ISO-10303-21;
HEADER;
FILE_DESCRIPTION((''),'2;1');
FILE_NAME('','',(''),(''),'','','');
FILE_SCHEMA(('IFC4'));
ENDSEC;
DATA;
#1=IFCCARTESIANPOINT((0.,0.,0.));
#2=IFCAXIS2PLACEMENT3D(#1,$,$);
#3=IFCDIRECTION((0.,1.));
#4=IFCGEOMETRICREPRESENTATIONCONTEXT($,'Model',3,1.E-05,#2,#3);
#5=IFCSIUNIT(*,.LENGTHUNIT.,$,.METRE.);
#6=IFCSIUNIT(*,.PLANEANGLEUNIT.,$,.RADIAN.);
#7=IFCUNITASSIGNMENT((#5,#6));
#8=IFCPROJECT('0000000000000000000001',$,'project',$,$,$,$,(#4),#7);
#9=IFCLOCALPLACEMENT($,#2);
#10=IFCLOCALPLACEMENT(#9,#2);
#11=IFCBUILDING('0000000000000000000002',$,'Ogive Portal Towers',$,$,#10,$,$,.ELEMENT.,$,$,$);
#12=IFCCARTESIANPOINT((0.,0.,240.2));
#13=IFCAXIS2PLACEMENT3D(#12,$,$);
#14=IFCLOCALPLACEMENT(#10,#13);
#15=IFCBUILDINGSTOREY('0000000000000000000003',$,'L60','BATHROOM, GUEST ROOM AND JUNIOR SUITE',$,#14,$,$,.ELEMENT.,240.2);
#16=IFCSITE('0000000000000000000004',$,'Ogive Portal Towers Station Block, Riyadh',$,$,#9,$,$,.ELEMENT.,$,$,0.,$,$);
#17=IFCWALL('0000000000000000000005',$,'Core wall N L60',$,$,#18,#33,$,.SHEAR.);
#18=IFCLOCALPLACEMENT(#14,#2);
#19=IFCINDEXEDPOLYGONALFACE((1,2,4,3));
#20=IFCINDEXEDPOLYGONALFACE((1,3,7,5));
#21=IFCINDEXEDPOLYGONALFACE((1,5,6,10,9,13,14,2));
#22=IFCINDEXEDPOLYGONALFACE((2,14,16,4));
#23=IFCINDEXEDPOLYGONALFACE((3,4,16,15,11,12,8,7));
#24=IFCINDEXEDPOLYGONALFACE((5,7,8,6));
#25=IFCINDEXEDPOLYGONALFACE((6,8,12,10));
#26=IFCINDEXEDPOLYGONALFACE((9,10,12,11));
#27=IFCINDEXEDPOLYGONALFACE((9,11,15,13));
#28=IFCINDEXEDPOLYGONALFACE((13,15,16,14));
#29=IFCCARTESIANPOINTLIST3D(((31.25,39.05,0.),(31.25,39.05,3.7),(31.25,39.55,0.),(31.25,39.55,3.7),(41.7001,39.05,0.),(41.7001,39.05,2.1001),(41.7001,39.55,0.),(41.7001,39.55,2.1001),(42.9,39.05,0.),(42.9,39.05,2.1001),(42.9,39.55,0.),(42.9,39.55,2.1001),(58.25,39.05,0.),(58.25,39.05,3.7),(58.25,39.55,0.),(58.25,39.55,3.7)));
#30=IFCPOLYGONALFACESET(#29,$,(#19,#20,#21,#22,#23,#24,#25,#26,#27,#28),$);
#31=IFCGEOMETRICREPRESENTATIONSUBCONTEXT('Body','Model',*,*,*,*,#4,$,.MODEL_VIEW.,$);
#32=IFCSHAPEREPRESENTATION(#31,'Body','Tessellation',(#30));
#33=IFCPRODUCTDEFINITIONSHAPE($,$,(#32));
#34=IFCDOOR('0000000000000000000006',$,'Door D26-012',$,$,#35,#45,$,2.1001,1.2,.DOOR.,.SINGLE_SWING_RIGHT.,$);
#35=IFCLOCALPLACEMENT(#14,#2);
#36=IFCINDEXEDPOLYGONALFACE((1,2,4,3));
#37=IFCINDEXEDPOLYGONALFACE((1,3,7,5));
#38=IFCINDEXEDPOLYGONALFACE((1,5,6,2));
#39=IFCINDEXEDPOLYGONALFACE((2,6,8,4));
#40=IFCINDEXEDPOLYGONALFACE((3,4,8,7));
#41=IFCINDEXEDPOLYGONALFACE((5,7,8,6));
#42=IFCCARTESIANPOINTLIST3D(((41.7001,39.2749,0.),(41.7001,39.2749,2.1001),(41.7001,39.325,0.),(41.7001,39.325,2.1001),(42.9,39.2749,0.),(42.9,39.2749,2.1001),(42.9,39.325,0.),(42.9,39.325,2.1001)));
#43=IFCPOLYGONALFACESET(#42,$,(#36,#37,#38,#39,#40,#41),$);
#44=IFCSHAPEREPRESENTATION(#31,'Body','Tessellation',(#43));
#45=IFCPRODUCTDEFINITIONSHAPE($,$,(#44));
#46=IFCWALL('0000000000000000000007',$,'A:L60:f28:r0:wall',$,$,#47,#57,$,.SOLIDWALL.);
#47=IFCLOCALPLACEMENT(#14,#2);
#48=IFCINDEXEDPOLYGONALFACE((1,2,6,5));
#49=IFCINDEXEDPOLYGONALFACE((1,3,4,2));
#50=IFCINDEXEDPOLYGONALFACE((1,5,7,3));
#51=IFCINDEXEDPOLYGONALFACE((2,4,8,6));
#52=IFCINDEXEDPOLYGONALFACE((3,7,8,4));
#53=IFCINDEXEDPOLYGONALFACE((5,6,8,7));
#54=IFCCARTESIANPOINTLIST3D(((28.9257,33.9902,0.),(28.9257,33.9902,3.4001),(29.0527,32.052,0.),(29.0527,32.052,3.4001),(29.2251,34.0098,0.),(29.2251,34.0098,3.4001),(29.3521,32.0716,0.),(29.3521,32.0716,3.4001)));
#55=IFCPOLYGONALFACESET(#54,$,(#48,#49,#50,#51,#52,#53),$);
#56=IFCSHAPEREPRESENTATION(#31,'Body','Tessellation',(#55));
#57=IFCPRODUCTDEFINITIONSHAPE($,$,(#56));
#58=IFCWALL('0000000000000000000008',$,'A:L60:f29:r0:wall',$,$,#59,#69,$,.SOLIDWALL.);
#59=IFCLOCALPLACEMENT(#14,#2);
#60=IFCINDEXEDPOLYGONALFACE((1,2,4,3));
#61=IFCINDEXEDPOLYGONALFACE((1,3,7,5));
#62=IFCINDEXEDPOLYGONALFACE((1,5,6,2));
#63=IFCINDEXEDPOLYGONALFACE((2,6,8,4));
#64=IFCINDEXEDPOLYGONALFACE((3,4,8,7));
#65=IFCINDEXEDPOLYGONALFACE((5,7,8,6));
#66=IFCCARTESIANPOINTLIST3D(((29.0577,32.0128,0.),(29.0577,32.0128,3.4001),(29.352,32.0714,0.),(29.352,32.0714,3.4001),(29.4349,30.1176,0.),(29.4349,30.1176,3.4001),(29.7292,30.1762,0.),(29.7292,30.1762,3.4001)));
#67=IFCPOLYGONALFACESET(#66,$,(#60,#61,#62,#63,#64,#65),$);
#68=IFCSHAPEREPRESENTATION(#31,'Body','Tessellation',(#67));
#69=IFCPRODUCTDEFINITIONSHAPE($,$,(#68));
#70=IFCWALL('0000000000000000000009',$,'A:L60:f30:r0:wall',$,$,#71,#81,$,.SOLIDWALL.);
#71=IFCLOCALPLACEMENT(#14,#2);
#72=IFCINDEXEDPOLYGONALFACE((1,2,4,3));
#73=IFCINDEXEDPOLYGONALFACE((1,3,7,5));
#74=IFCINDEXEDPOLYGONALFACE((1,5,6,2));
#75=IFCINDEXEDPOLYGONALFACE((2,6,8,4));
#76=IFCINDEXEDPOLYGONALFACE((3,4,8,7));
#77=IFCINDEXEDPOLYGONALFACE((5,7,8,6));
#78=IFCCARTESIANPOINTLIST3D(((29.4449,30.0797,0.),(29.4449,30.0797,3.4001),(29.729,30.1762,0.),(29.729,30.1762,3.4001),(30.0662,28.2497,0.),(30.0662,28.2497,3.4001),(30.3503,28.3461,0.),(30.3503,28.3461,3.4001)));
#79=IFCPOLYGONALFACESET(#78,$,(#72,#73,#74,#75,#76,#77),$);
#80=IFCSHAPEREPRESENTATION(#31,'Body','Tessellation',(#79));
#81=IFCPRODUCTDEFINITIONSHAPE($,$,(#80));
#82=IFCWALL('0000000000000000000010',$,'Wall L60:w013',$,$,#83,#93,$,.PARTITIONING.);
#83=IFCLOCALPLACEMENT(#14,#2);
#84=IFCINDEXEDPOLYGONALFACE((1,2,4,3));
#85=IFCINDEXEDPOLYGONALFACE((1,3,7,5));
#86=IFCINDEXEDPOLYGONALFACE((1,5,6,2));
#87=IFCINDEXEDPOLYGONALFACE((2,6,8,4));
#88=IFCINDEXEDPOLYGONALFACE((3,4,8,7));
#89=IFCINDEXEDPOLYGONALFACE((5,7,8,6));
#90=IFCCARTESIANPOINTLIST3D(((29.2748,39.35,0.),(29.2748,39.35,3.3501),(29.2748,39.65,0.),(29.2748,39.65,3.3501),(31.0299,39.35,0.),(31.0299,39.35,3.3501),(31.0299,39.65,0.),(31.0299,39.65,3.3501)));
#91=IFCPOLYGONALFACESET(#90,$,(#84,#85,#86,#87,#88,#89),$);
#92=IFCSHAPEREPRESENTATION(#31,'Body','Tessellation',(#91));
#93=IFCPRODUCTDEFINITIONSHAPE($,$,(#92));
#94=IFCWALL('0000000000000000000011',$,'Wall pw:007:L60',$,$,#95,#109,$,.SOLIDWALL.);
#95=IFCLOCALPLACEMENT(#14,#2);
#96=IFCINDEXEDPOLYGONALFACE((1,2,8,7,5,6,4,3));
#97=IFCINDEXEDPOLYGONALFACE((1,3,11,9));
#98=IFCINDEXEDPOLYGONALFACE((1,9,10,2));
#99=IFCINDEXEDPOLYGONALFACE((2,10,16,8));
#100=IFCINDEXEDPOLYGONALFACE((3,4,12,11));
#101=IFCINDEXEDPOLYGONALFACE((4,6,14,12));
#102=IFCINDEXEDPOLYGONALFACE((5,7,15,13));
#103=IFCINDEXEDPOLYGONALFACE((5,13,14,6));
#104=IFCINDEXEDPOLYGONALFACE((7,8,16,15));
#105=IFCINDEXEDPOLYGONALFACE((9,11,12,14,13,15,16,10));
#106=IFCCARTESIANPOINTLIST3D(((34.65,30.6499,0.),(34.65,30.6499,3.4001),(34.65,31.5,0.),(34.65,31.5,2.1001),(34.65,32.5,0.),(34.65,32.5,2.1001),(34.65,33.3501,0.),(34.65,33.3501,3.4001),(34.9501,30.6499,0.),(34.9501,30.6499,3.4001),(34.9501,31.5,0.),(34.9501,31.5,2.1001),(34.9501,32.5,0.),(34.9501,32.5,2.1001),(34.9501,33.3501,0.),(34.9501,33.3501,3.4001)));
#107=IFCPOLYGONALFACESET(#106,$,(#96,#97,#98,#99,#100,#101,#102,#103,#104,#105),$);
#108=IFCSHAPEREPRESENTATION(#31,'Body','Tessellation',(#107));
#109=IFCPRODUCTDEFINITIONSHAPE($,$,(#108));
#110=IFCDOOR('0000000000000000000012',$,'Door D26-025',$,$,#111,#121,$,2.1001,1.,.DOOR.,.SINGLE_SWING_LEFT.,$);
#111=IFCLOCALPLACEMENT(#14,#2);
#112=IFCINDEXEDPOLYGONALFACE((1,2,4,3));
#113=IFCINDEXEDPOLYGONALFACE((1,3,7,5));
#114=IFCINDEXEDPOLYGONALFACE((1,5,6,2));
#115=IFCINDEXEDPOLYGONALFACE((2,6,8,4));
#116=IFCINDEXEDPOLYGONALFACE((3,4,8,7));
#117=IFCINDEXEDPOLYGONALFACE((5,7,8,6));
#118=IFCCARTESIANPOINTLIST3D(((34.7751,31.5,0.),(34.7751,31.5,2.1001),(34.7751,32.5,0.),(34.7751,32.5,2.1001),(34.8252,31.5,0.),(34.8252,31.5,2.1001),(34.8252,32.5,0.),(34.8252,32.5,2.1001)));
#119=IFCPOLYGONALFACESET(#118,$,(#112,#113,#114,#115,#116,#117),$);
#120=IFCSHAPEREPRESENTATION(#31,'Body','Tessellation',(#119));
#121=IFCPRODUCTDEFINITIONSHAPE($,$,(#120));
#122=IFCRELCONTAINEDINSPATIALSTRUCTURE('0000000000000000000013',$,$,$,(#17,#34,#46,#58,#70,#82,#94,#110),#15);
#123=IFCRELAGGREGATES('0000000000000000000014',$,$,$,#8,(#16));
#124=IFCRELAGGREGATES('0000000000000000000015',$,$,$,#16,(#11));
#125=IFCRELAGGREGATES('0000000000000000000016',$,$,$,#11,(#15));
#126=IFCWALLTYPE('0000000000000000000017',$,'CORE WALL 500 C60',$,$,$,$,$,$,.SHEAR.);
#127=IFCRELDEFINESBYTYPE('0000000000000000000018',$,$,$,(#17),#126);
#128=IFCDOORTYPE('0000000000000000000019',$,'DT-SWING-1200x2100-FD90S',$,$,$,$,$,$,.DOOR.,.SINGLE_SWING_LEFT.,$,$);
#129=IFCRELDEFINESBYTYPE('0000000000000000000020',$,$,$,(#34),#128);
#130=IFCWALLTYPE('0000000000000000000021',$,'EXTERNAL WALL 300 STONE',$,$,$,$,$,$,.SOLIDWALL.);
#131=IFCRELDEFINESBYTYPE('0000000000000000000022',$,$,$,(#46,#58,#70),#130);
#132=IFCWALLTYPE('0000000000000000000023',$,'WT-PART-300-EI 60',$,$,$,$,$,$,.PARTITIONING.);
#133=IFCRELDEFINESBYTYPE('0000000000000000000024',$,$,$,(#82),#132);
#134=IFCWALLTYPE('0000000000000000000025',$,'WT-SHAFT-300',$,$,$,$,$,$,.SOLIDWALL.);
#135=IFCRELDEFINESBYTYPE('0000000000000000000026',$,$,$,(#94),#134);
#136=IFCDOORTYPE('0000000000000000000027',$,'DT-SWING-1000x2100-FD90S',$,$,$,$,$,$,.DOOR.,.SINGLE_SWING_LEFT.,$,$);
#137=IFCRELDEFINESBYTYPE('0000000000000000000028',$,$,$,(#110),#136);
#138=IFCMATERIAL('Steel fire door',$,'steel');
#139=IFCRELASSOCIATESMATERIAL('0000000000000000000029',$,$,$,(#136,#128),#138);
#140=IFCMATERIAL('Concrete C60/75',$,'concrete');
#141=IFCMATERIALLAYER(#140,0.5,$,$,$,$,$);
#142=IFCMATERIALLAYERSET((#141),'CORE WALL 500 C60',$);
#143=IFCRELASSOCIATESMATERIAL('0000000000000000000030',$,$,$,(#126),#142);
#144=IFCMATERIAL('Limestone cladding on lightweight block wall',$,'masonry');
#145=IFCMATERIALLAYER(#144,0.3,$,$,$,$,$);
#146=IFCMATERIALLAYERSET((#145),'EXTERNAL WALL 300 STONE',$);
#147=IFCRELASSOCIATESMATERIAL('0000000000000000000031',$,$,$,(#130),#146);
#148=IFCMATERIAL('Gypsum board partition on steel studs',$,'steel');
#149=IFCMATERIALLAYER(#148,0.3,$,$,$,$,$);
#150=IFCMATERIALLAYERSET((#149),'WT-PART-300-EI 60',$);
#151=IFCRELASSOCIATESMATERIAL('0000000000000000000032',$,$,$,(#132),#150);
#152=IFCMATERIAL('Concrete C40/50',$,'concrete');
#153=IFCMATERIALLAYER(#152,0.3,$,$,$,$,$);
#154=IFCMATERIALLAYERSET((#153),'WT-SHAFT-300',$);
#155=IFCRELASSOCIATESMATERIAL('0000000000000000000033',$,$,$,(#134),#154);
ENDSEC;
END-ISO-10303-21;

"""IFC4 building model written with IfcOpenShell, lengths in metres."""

from ifc_helpers import new_model, si_unit, direction, frame, frame_2d, origin, place, context, subcontext, project, spatial, rectangle, extrude, material, layer, layer_set, type_object, element, fill, save


model = new_model("IFC4")

# Units and contexts
model_context = context("Model", 3, precision=1e-05, world=origin(), true_north=direction((0.0, 1.0)))
body_context = subcontext(model_context, "Body", "Model", "MODEL_VIEW")
ifc_project = project(units=[si_unit("LENGTHUNIT", "METRE"), si_unit("PLANEANGLEUNIT", "RADIAN")], contexts=[model_context])

# Site, building, storey
site_placement = place(None, origin())
site = spatial("IfcSite", under=ifc_project, at=site_placement, Name="Ogive Portal Towers Station Block, Riyadh", CompositionType="ELEMENT", RefElevation=0.0)
building_placement = place(site_placement, origin())
building = spatial("IfcBuilding", under=site, at=building_placement, Name="Ogive Portal Towers", CompositionType="ELEMENT")
storey_placement = place(building_placement, frame((0.0, 0.0, 240.2)))
storey = spatial("IfcBuildingStorey", under=building, at=storey_placement, Name="L60", Description="BATHROOM, GUEST ROOM AND JUNIOR SUITE", CompositionType="ELEMENT", Elevation=240.2)

# Shared definitions
ifc_material_1 = material(Name="Concrete C40/50", Category="concrete")

# Shared definitions
ifc_material_2 = material(Name="Concrete C60/75", Category="concrete")
ifc_material_3 = material(Name="Steel fire door", Category="steel")
door_type_1 = type_object("IfcDoorType", Name="DT-SWING-1000x2100-FD90S", OperationType="SINGLE_SWING_LEFT", PredefinedType="DOOR", material=ifc_material_3)

# Shared definitions
door_type_2 = type_object("IfcDoorType", Name="DT-SWING-1200x2100-FD90S", OperationType="SINGLE_SWING_LEFT", PredefinedType="DOOR", material=ifc_material_3)

# Wall, opening, door
ifc_layer_1 = layer(ifc_material_2, 0.5)
ifc_layer_set_1 = layer_set([ifc_layer_1], Name="CORE WALL 500 C60")
wall_type_1 = type_object("IfcWallType", Name="CORE WALL 500 C60", PredefinedType="SHEAR", material=ifc_layer_set_1)
wall_1_placement = place(storey_placement, frame((31.25, 39.3, 0.0), z_axis=(0.0, 0.0, 1.0), x_axis=(1.0, 0.0, 0.0)))
wall_1 = element("IfcWall", 1, at=wall_1_placement, inside=storey, type_object=wall_type_1, Name="Core wall N L60", PredefinedType="SHEAR", context=body_context, shape_type="SweptSolid", body=[
    extrude(rectangle(XDim=27.0, YDim=0.5, at=frame_2d((13.5, 0.0))), origin(), (0.0, 0.0, 1.0), 3.7),
])
opening_1_placement = place(wall_1_placement, frame((10.45, 0.0, 0.0)))
opening_1 = element("IfcOpeningElement", 2, at=opening_1_placement, cuts=wall_1, PredefinedType="OPENING", context=body_context, shape_type="SweptSolid", body=[
    extrude(rectangle(XDim=1.2, YDim=2.1001, at=frame_2d((0.6001, 1.05))), frame((0.0, 0.26, 0.0), z_axis=(0.0, -1.0, 0.0), x_axis=(1.0, 0.0, 0.0)), (0.0, 0.0, 1.0), 0.52),
])
door_1_placement = place(opening_1_placement, origin())
door_1 = element("IfcDoor", 3, at=door_1_placement, inside=storey, type_object=door_type_2, Name="Door D26-012", OperationType="SINGLE_SWING_RIGHT", OverallHeight=2.1001, OverallWidth=1.2, PredefinedType="DOOR", context=body_context, shape_type="SweptSolid", body=[
    extrude(rectangle(XDim=1.2, YDim=2.1001, at=frame_2d((0.6001, 1.05))), frame((0.0, 0.0249, 0.0), z_axis=(0.0, -1.0, 0.0), x_axis=(1.0, 0.0, 0.0)), (0.0, 0.0, 1.0), 0.05),
])
fill(opening_1, door_1)

# Walls
ifc_material_4 = material(Name="Limestone cladding on lightweight block wall", Category="masonry")
ifc_layer_2 = layer(ifc_material_4, 0.3)
ifc_layer_set_2 = layer_set([ifc_layer_2], Name="EXTERNAL WALL 300 STONE")
wall_type_2 = type_object("IfcWallType", Name="EXTERNAL WALL 300 STONE", PredefinedType="SOLIDWALL", material=ifc_layer_set_2)
wall_2_placement = place(storey_placement, frame((29.0754, 34.0, 0.0), z_axis=(0.0, 0.0, 1.0), x_axis=(0.065359, -0.997862, 0.0)))
element("IfcWall", 4, at=wall_2_placement, inside=storey, type_object=wall_type_2, Name="A:L60:f28:r0:wall", PredefinedType="SOLIDWALL", context=body_context, shape_type="SweptSolid", body=[
    extrude(rectangle(XDim=1.9424, YDim=0.3, at=frame_2d((0.9712, 0.0))), origin(), (0.0, 0.0, 1.0), 3.4001),
])
wall_3_placement = place(storey_placement, frame((29.2048, 32.0422, 0.0), z_axis=(0.0, 0.0, 1.0), x_axis=(0.195193, -0.980765, 0.0)))
element("IfcWall", 5, at=wall_3_placement, inside=storey, type_object=wall_type_2, Name="A:L60:f29:r0:wall", PredefinedType="SOLIDWALL", context=body_context, shape_type="SweptSolid", body=[
    extrude(rectangle(XDim=1.9324, YDim=0.3, at=frame_2d((0.9663, 0.0))), origin(), (0.0, 0.0, 1.0), 3.4001),
])
wall_4_placement = place(storey_placement, frame((29.5869, 30.1279, 0.0), z_axis=(0.0, 0.0, 1.0), x_axis=(0.321491, -0.946913, 0.0)))
element("IfcWall", 6, at=wall_4_placement, inside=storey, type_object=wall_type_2, Name="A:L60:f30:r0:wall", PredefinedType="SOLIDWALL", context=body_context, shape_type="SweptSolid", body=[
    extrude(rectangle(XDim=1.9326, YDim=0.3, at=frame_2d((0.9663, 0.0))), origin(), (0.0, 0.0, 1.0), 3.4001),
])
ifc_material_5 = material(Name="Gypsum board partition on steel studs", Category="steel")
ifc_layer_3 = layer(ifc_material_5, 0.3)
ifc_layer_set_3 = layer_set([ifc_layer_3], Name="WT-PART-300-EI 60")
wall_type_3 = type_object("IfcWallType", Name="WT-PART-300-EI 60", PredefinedType="PARTITIONING", material=ifc_layer_set_3)
wall_5_placement = place(storey_placement, frame((29.2749, 39.5, 0.0), z_axis=(0.0, 0.0, 1.0), x_axis=(1.0, 0.0, 0.0)))
element("IfcWall", 7, at=wall_5_placement, inside=storey, type_object=wall_type_3, Name="Wall L60:w013", PredefinedType="PARTITIONING", context=body_context, shape_type="SweptSolid", body=[
    extrude(rectangle(XDim=1.7551, YDim=0.3, at=frame_2d((0.8774, 0.0))), origin(), (0.0, 0.0, 1.0), 3.3501),
])

# Wall, opening, door
ifc_layer_4 = layer(ifc_material_1, 0.3)
ifc_layer_set_4 = layer_set([ifc_layer_4], Name="WT-SHAFT-300")
wall_type_4 = type_object("IfcWallType", Name="WT-SHAFT-300", PredefinedType="SOLIDWALL", material=ifc_layer_set_4)
wall_6_placement = place(storey_placement, frame((34.8, 30.6499, 0.0), z_axis=(0.0, 0.0, 1.0), x_axis=(0.0, 1.0, 0.0)))
wall_6 = element("IfcWall", 8, at=wall_6_placement, inside=storey, type_object=wall_type_4, Name="Wall pw:007:L60", PredefinedType="SOLIDWALL", context=body_context, shape_type="SweptSolid", body=[
    extrude(rectangle(XDim=2.7002, YDim=0.3, at=frame_2d((1.3501, 0.0))), origin(), (0.0, 0.0, 1.0), 3.4001),
])
opening_2_placement = place(wall_6_placement, frame((0.8501, 0.0, 0.0)))
opening_2 = element("IfcOpeningElement", 9, at=opening_2_placement, cuts=wall_6, PredefinedType="OPENING", context=body_context, shape_type="SweptSolid", body=[
    extrude(rectangle(XDim=1.0, YDim=2.1001, at=frame_2d((0.5, 1.05))), frame((0.0, 0.1602, 0.0), z_axis=(0.0, -1.0, 0.0), x_axis=(1.0, 0.0, 0.0)), (0.0, 0.0, 1.0), 0.3201),
])
door_2_placement = place(opening_2_placement, origin())
door_2 = element("IfcDoor", 10, at=door_2_placement, inside=storey, type_object=door_type_1, Name="Door D26-025", OperationType="SINGLE_SWING_LEFT", OverallHeight=2.1001, OverallWidth=1.0, PredefinedType="DOOR", context=body_context, shape_type="SweptSolid", body=[
    extrude(rectangle(XDim=1.0, YDim=2.1001, at=frame_2d((0.5, 1.05))), frame((0.0, 0.0249, 0.0), z_axis=(0.0, -1.0, 0.0), x_axis=(1.0, 0.0, 0.0)), (0.0, 0.0, 1.0), 0.05),
])
fill(opening_2, door_2)

save(model, "model.ifc")
